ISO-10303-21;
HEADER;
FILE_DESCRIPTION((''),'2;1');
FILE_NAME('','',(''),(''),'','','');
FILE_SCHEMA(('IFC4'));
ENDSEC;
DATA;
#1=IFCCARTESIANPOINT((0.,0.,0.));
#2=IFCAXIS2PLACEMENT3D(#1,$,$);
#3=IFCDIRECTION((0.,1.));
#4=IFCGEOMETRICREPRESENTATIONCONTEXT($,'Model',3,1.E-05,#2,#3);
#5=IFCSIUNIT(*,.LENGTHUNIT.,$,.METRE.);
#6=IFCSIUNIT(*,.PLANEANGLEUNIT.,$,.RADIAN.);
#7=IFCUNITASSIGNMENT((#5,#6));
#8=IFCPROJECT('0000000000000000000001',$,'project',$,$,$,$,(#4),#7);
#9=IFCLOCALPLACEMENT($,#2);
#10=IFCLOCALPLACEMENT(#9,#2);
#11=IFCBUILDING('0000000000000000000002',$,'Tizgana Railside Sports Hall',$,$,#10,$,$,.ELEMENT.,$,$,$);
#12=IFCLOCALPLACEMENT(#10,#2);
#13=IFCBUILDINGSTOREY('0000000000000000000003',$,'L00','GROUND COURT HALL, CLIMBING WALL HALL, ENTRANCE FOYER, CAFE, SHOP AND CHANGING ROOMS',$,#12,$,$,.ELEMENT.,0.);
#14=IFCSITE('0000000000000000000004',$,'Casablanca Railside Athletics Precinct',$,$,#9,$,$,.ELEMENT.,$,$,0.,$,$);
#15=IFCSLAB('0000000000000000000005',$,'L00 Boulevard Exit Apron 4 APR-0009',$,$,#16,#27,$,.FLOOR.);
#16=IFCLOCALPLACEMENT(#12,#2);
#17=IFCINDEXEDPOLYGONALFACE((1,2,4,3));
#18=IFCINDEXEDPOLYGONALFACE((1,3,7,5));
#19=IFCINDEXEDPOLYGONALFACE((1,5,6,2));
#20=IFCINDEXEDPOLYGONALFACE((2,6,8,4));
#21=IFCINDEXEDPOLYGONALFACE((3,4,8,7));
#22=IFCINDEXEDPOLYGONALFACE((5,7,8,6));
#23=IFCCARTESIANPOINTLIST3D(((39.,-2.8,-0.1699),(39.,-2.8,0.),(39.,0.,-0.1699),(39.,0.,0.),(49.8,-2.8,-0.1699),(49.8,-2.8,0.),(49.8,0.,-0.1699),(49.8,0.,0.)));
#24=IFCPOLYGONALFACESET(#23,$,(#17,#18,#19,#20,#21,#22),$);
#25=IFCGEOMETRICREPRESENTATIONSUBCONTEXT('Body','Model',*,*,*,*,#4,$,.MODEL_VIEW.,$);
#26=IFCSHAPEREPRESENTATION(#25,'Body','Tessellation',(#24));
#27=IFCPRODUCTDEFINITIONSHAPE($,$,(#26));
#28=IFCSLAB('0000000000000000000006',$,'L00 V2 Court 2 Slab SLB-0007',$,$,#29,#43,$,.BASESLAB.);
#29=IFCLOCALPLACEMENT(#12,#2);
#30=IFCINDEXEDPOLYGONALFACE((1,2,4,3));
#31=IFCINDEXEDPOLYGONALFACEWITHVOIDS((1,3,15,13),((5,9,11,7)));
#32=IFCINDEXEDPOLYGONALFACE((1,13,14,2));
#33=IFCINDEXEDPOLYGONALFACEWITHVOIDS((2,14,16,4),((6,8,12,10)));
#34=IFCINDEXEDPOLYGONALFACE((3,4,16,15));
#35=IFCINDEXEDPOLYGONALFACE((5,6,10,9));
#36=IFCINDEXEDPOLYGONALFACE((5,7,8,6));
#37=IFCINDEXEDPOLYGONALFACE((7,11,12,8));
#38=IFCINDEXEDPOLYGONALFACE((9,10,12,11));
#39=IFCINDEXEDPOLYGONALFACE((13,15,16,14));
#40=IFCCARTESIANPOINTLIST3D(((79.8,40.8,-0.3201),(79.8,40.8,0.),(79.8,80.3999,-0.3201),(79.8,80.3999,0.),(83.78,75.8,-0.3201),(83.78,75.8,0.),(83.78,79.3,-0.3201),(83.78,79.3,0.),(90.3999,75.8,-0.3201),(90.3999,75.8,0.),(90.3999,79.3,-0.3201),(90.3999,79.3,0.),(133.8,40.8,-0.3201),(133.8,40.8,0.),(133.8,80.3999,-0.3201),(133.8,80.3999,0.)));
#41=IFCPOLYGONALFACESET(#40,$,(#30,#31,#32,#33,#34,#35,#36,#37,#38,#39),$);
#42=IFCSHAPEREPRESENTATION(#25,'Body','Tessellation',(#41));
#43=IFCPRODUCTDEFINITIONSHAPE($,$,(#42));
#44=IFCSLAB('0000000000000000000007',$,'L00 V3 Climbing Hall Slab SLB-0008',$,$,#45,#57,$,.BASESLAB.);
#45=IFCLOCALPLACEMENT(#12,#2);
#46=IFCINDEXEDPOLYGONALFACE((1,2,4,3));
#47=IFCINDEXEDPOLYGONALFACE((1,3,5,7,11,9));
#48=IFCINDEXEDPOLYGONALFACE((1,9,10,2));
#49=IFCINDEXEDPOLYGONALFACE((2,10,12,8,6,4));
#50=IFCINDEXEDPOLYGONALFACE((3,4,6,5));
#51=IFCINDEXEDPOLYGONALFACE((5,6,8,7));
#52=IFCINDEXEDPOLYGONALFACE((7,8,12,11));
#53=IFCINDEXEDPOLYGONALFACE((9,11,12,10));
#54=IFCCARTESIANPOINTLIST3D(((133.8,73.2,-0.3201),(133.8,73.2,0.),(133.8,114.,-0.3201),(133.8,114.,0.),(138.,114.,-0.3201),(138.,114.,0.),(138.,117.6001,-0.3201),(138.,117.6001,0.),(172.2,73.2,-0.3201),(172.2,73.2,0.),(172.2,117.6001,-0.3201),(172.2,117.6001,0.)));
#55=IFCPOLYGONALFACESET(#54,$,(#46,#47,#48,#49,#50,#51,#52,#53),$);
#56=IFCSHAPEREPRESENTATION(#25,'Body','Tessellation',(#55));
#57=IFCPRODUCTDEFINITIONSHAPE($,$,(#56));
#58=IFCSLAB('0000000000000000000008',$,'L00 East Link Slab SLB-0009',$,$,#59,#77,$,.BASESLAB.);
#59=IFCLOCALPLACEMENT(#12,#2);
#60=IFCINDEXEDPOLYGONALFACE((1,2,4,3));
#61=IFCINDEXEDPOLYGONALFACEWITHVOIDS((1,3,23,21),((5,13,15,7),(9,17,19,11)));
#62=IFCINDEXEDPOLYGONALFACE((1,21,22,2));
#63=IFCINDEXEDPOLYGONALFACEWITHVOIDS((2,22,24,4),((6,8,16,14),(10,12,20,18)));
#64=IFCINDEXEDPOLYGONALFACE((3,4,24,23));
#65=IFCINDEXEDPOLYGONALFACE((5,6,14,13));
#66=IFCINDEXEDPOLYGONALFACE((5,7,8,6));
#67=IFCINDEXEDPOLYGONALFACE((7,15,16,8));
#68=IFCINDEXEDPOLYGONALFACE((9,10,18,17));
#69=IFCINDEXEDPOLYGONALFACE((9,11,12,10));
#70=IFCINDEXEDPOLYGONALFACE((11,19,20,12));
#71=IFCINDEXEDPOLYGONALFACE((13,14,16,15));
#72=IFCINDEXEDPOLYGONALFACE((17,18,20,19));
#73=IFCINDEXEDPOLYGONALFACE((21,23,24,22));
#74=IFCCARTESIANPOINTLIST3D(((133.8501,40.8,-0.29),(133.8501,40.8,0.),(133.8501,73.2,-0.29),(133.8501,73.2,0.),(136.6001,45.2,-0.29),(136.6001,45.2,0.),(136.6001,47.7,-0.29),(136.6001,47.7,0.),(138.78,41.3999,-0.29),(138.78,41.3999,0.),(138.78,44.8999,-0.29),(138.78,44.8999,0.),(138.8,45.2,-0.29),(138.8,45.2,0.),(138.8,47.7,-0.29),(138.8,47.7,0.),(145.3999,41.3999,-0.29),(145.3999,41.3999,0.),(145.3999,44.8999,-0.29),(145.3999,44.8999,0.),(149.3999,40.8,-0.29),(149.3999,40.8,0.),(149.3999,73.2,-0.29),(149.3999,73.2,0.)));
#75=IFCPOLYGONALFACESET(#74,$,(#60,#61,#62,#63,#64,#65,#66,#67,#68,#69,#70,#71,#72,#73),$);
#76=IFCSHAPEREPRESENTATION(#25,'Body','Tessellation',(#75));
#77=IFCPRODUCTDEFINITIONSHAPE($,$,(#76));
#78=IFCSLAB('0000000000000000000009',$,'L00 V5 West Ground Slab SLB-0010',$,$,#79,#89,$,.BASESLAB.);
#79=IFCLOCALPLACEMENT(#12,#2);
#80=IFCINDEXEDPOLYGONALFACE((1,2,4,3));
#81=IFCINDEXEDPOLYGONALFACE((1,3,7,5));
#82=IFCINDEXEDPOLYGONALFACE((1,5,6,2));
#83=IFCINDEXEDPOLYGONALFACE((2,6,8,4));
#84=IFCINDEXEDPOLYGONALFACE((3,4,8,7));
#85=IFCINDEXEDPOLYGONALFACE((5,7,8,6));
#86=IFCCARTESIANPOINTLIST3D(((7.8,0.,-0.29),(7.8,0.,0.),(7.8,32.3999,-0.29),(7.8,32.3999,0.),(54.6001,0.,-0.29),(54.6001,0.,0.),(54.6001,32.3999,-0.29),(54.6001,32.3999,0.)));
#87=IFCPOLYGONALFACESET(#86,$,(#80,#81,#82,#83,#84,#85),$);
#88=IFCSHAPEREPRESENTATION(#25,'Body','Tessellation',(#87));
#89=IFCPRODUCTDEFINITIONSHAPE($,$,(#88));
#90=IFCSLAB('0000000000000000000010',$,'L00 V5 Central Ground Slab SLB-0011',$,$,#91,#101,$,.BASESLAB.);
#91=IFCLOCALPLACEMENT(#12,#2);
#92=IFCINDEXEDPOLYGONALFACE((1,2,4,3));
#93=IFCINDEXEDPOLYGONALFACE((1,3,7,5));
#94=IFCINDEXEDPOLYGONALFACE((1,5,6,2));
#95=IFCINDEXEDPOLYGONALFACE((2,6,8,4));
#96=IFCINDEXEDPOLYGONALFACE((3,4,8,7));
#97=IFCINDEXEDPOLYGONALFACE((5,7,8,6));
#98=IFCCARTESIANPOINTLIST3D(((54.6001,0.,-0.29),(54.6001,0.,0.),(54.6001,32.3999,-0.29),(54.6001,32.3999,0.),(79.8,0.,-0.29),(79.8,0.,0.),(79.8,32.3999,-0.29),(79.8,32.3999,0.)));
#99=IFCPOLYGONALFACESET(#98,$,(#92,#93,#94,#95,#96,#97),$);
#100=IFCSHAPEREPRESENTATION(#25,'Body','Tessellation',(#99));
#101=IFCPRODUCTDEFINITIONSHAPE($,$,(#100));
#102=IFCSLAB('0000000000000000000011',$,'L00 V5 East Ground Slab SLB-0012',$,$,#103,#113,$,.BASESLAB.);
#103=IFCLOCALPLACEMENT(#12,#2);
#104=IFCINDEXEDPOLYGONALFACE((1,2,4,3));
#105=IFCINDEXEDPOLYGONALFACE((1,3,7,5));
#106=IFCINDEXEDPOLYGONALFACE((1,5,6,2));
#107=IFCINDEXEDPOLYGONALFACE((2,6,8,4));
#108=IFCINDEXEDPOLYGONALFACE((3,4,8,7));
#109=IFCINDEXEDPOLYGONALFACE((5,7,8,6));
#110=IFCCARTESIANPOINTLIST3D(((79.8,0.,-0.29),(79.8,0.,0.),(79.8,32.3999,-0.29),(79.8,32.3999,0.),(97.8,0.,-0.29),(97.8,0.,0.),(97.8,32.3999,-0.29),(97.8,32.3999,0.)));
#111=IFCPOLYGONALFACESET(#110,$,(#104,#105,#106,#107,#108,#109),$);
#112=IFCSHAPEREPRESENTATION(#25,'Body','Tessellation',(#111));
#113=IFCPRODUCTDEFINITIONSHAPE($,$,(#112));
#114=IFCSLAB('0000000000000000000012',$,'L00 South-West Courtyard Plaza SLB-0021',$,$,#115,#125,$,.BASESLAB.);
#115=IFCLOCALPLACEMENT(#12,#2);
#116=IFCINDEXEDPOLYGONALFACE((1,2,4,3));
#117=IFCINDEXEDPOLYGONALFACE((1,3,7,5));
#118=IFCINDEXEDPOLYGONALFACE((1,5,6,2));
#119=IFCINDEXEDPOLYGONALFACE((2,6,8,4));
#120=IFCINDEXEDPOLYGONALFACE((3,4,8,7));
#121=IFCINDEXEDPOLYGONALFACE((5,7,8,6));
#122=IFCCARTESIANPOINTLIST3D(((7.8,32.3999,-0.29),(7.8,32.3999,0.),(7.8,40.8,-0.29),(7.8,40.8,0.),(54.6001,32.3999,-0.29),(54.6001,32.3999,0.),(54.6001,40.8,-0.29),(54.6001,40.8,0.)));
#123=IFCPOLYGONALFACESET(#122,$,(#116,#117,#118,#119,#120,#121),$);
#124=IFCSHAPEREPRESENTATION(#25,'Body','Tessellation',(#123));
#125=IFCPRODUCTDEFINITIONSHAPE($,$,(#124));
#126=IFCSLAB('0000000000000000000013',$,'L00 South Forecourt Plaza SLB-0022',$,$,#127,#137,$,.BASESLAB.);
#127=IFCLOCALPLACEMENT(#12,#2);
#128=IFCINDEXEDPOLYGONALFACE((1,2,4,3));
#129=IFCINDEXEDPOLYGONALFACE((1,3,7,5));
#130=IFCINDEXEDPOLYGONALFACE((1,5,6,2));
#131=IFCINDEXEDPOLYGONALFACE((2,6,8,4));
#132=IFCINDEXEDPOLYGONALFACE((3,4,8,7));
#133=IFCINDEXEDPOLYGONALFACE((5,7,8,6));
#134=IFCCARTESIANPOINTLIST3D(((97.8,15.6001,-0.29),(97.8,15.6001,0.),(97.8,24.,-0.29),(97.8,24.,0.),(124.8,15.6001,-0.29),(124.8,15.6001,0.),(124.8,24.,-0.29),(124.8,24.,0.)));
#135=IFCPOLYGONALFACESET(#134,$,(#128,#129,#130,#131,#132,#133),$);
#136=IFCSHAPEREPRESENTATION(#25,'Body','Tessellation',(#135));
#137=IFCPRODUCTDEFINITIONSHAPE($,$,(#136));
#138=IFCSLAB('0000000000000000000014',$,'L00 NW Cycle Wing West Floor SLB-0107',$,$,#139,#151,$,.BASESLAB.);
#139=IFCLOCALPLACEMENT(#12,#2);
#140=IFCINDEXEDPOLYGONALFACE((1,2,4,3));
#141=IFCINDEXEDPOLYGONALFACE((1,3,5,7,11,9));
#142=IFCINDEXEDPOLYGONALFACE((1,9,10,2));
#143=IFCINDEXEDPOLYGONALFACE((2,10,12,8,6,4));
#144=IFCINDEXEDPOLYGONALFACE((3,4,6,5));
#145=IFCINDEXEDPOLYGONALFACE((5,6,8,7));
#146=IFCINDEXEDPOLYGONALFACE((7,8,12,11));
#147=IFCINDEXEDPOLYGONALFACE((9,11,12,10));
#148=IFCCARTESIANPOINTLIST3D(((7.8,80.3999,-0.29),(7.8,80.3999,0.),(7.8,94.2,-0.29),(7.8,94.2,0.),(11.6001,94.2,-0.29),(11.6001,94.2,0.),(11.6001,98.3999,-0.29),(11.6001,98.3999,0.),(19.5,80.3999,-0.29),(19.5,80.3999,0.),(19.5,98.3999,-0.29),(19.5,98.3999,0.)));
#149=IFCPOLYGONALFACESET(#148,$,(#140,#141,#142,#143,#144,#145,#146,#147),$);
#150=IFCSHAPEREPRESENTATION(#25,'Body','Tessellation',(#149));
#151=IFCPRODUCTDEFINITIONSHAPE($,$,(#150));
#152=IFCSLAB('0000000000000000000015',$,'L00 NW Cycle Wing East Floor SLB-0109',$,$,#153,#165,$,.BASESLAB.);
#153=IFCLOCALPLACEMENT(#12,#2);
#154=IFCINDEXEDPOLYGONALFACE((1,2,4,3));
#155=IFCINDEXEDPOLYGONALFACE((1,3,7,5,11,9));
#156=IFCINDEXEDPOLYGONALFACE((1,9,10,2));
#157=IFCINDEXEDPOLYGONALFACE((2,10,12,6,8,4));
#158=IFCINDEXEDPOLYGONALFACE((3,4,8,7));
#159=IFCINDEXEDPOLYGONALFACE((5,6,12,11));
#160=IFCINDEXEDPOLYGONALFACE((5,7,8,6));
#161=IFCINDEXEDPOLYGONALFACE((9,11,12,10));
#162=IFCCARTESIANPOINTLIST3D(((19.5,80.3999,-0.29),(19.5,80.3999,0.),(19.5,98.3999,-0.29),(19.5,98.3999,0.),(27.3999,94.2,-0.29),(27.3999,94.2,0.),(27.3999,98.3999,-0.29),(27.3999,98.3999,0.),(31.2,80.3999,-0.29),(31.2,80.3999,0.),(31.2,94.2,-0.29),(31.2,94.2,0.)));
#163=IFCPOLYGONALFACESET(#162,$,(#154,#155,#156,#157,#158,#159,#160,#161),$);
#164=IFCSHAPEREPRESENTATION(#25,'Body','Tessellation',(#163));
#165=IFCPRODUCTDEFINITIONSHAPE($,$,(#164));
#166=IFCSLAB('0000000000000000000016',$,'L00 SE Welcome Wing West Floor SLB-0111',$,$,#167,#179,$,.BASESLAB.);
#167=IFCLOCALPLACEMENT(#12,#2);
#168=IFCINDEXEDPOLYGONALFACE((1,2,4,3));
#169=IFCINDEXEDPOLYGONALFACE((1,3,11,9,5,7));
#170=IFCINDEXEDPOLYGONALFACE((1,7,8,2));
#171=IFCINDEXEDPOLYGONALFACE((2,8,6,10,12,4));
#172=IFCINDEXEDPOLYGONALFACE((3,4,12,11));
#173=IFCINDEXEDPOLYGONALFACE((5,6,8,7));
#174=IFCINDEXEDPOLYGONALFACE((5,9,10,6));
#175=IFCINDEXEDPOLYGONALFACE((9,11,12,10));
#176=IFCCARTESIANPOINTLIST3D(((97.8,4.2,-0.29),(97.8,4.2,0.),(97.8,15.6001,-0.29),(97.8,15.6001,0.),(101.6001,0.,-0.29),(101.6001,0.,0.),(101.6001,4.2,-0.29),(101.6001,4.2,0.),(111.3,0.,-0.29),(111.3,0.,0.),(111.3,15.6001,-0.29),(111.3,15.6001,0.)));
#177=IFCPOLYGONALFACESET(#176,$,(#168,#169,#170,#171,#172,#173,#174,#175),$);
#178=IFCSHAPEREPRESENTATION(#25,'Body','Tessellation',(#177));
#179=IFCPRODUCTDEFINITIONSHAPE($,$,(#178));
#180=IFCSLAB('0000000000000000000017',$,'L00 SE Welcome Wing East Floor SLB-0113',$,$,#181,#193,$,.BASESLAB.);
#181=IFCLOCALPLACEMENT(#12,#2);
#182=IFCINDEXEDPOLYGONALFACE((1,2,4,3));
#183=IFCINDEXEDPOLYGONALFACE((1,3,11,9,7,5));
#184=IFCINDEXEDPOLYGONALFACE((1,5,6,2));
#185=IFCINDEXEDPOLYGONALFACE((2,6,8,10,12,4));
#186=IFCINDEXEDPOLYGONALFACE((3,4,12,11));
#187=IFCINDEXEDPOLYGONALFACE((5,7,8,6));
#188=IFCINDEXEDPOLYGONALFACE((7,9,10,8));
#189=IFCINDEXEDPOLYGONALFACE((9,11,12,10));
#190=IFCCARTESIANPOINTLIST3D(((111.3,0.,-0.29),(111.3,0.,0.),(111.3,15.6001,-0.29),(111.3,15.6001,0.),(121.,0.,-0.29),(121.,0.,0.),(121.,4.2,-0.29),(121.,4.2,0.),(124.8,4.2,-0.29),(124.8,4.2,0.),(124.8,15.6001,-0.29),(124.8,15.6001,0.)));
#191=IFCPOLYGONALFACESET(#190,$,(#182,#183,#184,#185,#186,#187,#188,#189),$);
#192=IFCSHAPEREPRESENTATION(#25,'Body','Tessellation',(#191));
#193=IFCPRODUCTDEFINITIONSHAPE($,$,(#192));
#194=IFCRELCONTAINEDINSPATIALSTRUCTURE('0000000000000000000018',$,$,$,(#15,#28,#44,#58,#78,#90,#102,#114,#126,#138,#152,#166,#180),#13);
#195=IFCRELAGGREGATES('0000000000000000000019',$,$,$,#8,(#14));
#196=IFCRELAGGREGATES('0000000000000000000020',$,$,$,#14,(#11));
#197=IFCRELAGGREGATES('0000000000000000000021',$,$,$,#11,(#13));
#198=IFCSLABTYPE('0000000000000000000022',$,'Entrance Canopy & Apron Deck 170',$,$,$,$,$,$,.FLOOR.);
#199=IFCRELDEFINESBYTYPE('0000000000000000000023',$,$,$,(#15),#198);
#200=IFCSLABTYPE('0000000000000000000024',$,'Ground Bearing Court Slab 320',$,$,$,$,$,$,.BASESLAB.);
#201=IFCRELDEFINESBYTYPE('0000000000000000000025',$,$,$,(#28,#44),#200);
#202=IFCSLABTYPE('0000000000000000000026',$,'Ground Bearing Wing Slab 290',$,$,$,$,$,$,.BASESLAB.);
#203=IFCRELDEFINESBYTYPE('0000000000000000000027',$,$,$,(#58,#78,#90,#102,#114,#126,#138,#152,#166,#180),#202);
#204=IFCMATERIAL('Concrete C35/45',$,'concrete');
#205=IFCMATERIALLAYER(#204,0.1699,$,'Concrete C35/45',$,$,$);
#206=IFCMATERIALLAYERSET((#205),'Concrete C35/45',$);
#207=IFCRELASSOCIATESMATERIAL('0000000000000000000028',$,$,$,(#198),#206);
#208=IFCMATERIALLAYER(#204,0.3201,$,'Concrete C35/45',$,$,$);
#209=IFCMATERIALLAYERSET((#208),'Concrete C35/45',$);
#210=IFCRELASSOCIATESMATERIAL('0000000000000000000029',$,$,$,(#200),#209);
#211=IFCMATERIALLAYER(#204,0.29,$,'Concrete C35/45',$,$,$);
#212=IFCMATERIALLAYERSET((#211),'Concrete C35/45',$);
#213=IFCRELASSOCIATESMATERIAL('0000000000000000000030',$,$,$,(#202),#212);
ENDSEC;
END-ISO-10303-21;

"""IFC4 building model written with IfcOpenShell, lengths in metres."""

from ifc_helpers import new_model, si_unit, direction, frame, origin, place, context, subcontext, project, spatial, polyline, outline, extrude, material, layer, layer_set, type_object, element, save


model = new_model("IFC4")

# Units and contexts
model_context = context("Model", 3, precision=1e-05, world=origin(), true_north=direction((0.0, 1.0)))
body_context = subcontext(model_context, "Body", "Model", "MODEL_VIEW")
ifc_project = project(units=[si_unit("LENGTHUNIT", "METRE"), si_unit("PLANEANGLEUNIT", "RADIAN")], contexts=[model_context])

# Site, building, storey
site_placement = place(None, origin())
site = spatial("IfcSite", under=ifc_project, at=site_placement, Name="Casablanca Railside Athletics Precinct", CompositionType="ELEMENT", RefElevation=0.0)
building_placement = place(site_placement, origin())
building = spatial("IfcBuilding", under=site, at=building_placement, Name="Tizgana Railside Sports Hall", CompositionType="ELEMENT")
storey_placement = place(building_placement, origin())
storey = spatial("IfcBuildingStorey", under=building, at=storey_placement, Name="L00", Description="GROUND COURT HALL, CLIMBING WALL HALL, ENTRANCE FOYER, CAFE, SHOP AND CHANGING ROOMS", CompositionType="ELEMENT", Elevation=0.0)

# Slabs
ifc_material = material(Name="Concrete C35/45", Category="concrete")
ifc_layer_1 = layer(ifc_material, 0.1699, Name="Concrete C35/45")
ifc_layer_set_1 = layer_set([ifc_layer_1], Name="Concrete C35/45")
slab_type_1 = type_object("IfcSlabType", Name="Entrance Canopy & Apron Deck 170", PredefinedType="FLOOR", material=ifc_layer_set_1)
slab_1_placement = place(storey_placement, frame((0.0, 0.0, -0.1699)))
element("IfcSlab", 1, at=slab_1_placement, inside=storey, type_object=slab_type_1, Name="L00 Boulevard Exit Apron 4 APR-0009", PredefinedType="FLOOR", context=body_context, shape_type="SweptSolid", body=[
    extrude(outline(polyline([(39.0, -2.8), (49.8, -2.8), (49.8, 0.0), (39.0, 0.0), (39.0, -2.8)])), origin(), (0.0, 0.0, 1.0), 0.1699),
])
ifc_layer_2 = layer(ifc_material, 0.3201, Name="Concrete C35/45")
ifc_layer_set_2 = layer_set([ifc_layer_2], Name="Concrete C35/45")
slab_type_2 = type_object("IfcSlabType", Name="Ground Bearing Court Slab 320", PredefinedType="BASESLAB", material=ifc_layer_set_2)
slab_2_placement = place(storey_placement, frame((0.0, 0.0, -0.3201)))
element("IfcSlab", 2, at=slab_2_placement, inside=storey, type_object=slab_type_2, Name="L00 V2 Court 2 Slab SLB-0007", PredefinedType="BASESLAB", context=body_context, shape_type="SweptSolid", body=[
    extrude(outline(polyline([(79.8, 40.8), (133.8, 40.8), (133.8, 80.3999), (79.8, 80.3999), (79.8, 40.8)]), holes=[polyline([(83.78, 75.8), (90.3999, 75.8), (90.3999, 79.3), (83.78, 79.3), (83.78, 75.8)])]), origin(), (0.0, 0.0, 1.0), 0.3201),
])
slab_3_placement = place(storey_placement, frame((0.0, 0.0, -0.3201)))
element("IfcSlab", 3, at=slab_3_placement, inside=storey, type_object=slab_type_2, Name="L00 V3 Climbing Hall Slab SLB-0008", PredefinedType="BASESLAB", context=body_context, shape_type="SweptSolid", body=[
    extrude(outline(polyline([(133.8, 73.2), (172.2, 73.2), (172.2, 117.6001), (138.0, 117.6001), (138.0, 114.0), (133.8, 114.0), (133.8, 73.2)])), origin(), (0.0, 0.0, 1.0), 0.3201),
])
ifc_layer_3 = layer(ifc_material, 0.29, Name="Concrete C35/45")
ifc_layer_set_3 = layer_set([ifc_layer_3], Name="Concrete C35/45")
slab_type_3 = type_object("IfcSlabType", Name="Ground Bearing Wing Slab 290", PredefinedType="BASESLAB", material=ifc_layer_set_3)
slab_4_placement = place(storey_placement, frame((0.0, 0.0, -0.29)))
element("IfcSlab", 4, at=slab_4_placement, inside=storey, type_object=slab_type_3, Name="L00 East Link Slab SLB-0009", PredefinedType="BASESLAB", context=body_context, shape_type="SweptSolid", body=[
    extrude(outline(polyline([(133.8501, 40.8), (149.3999, 40.8), (149.3999, 73.2), (133.8501, 73.2), (133.8501, 40.8)]), holes=[polyline([(138.78, 41.3999), (145.3999, 41.3999), (145.3999, 44.8999), (138.78, 44.8999), (138.78, 41.3999)]), polyline([(136.6001, 45.2), (138.8, 45.2), (138.8, 47.7), (136.6001, 47.7), (136.6001, 45.2)])]), origin(), (0.0, 0.0, 1.0), 0.29),
])
slab_5_placement = place(storey_placement, frame((0.0, 0.0, -0.29)))
element("IfcSlab", 5, at=slab_5_placement, inside=storey, type_object=slab_type_3, Name="L00 V5 West Ground Slab SLB-0010", PredefinedType="BASESLAB", context=body_context, shape_type="SweptSolid", body=[
    extrude(outline(polyline([(7.8, 0.0), (54.6001, 0.0), (54.6001, 32.3999), (7.8, 32.3999), (7.8, 0.0)])), origin(), (0.0, 0.0, 1.0), 0.29),
])
slab_6_placement = place(storey_placement, frame((0.0, 0.0, -0.29)))
element("IfcSlab", 6, at=slab_6_placement, inside=storey, type_object=slab_type_3, Name="L00 V5 Central Ground Slab SLB-0011", PredefinedType="BASESLAB", context=body_context, shape_type="SweptSolid", body=[
    extrude(outline(polyline([(54.6001, 0.0), (79.8, 0.0), (79.8, 32.3999), (54.6001, 32.3999), (54.6001, 0.0)])), origin(), (0.0, 0.0, 1.0), 0.29),
])
slab_7_placement = place(storey_placement, frame((0.0, 0.0, -0.29)))
element("IfcSlab", 7, at=slab_7_placement, inside=storey, type_object=slab_type_3, Name="L00 V5 East Ground Slab SLB-0012", PredefinedType="BASESLAB", context=body_context, shape_type="SweptSolid", body=[
    extrude(outline(polyline([(79.8, 0.0), (97.8, 0.0), (97.8, 32.3999), (79.8, 32.3999), (79.8, 0.0)])), origin(), (0.0, 0.0, 1.0), 0.29),
])
slab_8_placement = place(storey_placement, frame((0.0, 0.0, -0.29)))
element("IfcSlab", 8, at=slab_8_placement, inside=storey, type_object=slab_type_3, Name="L00 South-West Courtyard Plaza SLB-0021", PredefinedType="BASESLAB", context=body_context, shape_type="SweptSolid", body=[
    extrude(outline(polyline([(7.8, 32.3999), (54.6001, 32.3999), (54.6001, 40.8), (7.8, 40.8), (7.8, 32.3999)])), origin(), (0.0, 0.0, 1.0), 0.29),
])
slab_9_placement = place(storey_placement, frame((0.0, 0.0, -0.29)))
element("IfcSlab", 9, at=slab_9_placement, inside=storey, type_object=slab_type_3, Name="L00 South Forecourt Plaza SLB-0022", PredefinedType="BASESLAB", context=body_context, shape_type="SweptSolid", body=[
    extrude(outline(polyline([(97.8, 15.6001), (124.8, 15.6001), (124.8, 24.0), (97.8, 24.0), (97.8, 15.6001)])), origin(), (0.0, 0.0, 1.0), 0.29),
])
slab_10_placement = place(storey_placement, frame((0.0, 0.0, -0.29)))
element("IfcSlab", 10, at=slab_10_placement, inside=storey, type_object=slab_type_3, Name="L00 NW Cycle Wing West Floor SLB-0107", PredefinedType="BASESLAB", context=body_context, shape_type="SweptSolid", body=[
    extrude(outline(polyline([(7.8, 80.3999), (19.5, 80.3999), (19.5, 98.3999), (11.6001, 98.3999), (11.6001, 94.2), (7.8, 94.2), (7.8, 80.3999)])), origin(), (0.0, 0.0, 1.0), 0.29),
])
slab_11_placement = place(storey_placement, frame((0.0, 0.0, -0.29)))
element("IfcSlab", 11, at=slab_11_placement, inside=storey, type_object=slab_type_3, Name="L00 NW Cycle Wing East Floor SLB-0109", PredefinedType="BASESLAB", context=body_context, shape_type="SweptSolid", body=[
    extrude(outline(polyline([(19.5, 80.3999), (31.2, 80.3999), (31.2, 94.2), (27.3999, 94.2), (27.3999, 98.3999), (19.5, 98.3999), (19.5, 80.3999)])), origin(), (0.0, 0.0, 1.0), 0.29),
])
slab_12_placement = place(storey_placement, frame((0.0, 0.0, -0.29)))
element("IfcSlab", 12, at=slab_12_placement, inside=storey, type_object=slab_type_3, Name="L00 SE Welcome Wing West Floor SLB-0111", PredefinedType="BASESLAB", context=body_context, shape_type="SweptSolid", body=[
    extrude(outline(polyline([(101.6001, 0.0), (111.3, 0.0), (111.3, 15.6001), (97.8, 15.6001), (97.8, 4.2), (101.6001, 4.2), (101.6001, 0.0)])), origin(), (0.0, 0.0, 1.0), 0.29),
])
slab_13_placement = place(storey_placement, frame((0.0, 0.0, -0.29)))
element("IfcSlab", 13, at=slab_13_placement, inside=storey, type_object=slab_type_3, Name="L00 SE Welcome Wing East Floor SLB-0113", PredefinedType="BASESLAB", context=body_context, shape_type="SweptSolid", body=[
    extrude(outline(polyline([(111.3, 0.0), (121.0, 0.0), (121.0, 4.2), (124.8, 4.2), (124.8, 15.6001), (111.3, 15.6001), (111.3, 0.0)])), origin(), (0.0, 0.0, 1.0), 0.29),
])

save(model, "model.ifc")
